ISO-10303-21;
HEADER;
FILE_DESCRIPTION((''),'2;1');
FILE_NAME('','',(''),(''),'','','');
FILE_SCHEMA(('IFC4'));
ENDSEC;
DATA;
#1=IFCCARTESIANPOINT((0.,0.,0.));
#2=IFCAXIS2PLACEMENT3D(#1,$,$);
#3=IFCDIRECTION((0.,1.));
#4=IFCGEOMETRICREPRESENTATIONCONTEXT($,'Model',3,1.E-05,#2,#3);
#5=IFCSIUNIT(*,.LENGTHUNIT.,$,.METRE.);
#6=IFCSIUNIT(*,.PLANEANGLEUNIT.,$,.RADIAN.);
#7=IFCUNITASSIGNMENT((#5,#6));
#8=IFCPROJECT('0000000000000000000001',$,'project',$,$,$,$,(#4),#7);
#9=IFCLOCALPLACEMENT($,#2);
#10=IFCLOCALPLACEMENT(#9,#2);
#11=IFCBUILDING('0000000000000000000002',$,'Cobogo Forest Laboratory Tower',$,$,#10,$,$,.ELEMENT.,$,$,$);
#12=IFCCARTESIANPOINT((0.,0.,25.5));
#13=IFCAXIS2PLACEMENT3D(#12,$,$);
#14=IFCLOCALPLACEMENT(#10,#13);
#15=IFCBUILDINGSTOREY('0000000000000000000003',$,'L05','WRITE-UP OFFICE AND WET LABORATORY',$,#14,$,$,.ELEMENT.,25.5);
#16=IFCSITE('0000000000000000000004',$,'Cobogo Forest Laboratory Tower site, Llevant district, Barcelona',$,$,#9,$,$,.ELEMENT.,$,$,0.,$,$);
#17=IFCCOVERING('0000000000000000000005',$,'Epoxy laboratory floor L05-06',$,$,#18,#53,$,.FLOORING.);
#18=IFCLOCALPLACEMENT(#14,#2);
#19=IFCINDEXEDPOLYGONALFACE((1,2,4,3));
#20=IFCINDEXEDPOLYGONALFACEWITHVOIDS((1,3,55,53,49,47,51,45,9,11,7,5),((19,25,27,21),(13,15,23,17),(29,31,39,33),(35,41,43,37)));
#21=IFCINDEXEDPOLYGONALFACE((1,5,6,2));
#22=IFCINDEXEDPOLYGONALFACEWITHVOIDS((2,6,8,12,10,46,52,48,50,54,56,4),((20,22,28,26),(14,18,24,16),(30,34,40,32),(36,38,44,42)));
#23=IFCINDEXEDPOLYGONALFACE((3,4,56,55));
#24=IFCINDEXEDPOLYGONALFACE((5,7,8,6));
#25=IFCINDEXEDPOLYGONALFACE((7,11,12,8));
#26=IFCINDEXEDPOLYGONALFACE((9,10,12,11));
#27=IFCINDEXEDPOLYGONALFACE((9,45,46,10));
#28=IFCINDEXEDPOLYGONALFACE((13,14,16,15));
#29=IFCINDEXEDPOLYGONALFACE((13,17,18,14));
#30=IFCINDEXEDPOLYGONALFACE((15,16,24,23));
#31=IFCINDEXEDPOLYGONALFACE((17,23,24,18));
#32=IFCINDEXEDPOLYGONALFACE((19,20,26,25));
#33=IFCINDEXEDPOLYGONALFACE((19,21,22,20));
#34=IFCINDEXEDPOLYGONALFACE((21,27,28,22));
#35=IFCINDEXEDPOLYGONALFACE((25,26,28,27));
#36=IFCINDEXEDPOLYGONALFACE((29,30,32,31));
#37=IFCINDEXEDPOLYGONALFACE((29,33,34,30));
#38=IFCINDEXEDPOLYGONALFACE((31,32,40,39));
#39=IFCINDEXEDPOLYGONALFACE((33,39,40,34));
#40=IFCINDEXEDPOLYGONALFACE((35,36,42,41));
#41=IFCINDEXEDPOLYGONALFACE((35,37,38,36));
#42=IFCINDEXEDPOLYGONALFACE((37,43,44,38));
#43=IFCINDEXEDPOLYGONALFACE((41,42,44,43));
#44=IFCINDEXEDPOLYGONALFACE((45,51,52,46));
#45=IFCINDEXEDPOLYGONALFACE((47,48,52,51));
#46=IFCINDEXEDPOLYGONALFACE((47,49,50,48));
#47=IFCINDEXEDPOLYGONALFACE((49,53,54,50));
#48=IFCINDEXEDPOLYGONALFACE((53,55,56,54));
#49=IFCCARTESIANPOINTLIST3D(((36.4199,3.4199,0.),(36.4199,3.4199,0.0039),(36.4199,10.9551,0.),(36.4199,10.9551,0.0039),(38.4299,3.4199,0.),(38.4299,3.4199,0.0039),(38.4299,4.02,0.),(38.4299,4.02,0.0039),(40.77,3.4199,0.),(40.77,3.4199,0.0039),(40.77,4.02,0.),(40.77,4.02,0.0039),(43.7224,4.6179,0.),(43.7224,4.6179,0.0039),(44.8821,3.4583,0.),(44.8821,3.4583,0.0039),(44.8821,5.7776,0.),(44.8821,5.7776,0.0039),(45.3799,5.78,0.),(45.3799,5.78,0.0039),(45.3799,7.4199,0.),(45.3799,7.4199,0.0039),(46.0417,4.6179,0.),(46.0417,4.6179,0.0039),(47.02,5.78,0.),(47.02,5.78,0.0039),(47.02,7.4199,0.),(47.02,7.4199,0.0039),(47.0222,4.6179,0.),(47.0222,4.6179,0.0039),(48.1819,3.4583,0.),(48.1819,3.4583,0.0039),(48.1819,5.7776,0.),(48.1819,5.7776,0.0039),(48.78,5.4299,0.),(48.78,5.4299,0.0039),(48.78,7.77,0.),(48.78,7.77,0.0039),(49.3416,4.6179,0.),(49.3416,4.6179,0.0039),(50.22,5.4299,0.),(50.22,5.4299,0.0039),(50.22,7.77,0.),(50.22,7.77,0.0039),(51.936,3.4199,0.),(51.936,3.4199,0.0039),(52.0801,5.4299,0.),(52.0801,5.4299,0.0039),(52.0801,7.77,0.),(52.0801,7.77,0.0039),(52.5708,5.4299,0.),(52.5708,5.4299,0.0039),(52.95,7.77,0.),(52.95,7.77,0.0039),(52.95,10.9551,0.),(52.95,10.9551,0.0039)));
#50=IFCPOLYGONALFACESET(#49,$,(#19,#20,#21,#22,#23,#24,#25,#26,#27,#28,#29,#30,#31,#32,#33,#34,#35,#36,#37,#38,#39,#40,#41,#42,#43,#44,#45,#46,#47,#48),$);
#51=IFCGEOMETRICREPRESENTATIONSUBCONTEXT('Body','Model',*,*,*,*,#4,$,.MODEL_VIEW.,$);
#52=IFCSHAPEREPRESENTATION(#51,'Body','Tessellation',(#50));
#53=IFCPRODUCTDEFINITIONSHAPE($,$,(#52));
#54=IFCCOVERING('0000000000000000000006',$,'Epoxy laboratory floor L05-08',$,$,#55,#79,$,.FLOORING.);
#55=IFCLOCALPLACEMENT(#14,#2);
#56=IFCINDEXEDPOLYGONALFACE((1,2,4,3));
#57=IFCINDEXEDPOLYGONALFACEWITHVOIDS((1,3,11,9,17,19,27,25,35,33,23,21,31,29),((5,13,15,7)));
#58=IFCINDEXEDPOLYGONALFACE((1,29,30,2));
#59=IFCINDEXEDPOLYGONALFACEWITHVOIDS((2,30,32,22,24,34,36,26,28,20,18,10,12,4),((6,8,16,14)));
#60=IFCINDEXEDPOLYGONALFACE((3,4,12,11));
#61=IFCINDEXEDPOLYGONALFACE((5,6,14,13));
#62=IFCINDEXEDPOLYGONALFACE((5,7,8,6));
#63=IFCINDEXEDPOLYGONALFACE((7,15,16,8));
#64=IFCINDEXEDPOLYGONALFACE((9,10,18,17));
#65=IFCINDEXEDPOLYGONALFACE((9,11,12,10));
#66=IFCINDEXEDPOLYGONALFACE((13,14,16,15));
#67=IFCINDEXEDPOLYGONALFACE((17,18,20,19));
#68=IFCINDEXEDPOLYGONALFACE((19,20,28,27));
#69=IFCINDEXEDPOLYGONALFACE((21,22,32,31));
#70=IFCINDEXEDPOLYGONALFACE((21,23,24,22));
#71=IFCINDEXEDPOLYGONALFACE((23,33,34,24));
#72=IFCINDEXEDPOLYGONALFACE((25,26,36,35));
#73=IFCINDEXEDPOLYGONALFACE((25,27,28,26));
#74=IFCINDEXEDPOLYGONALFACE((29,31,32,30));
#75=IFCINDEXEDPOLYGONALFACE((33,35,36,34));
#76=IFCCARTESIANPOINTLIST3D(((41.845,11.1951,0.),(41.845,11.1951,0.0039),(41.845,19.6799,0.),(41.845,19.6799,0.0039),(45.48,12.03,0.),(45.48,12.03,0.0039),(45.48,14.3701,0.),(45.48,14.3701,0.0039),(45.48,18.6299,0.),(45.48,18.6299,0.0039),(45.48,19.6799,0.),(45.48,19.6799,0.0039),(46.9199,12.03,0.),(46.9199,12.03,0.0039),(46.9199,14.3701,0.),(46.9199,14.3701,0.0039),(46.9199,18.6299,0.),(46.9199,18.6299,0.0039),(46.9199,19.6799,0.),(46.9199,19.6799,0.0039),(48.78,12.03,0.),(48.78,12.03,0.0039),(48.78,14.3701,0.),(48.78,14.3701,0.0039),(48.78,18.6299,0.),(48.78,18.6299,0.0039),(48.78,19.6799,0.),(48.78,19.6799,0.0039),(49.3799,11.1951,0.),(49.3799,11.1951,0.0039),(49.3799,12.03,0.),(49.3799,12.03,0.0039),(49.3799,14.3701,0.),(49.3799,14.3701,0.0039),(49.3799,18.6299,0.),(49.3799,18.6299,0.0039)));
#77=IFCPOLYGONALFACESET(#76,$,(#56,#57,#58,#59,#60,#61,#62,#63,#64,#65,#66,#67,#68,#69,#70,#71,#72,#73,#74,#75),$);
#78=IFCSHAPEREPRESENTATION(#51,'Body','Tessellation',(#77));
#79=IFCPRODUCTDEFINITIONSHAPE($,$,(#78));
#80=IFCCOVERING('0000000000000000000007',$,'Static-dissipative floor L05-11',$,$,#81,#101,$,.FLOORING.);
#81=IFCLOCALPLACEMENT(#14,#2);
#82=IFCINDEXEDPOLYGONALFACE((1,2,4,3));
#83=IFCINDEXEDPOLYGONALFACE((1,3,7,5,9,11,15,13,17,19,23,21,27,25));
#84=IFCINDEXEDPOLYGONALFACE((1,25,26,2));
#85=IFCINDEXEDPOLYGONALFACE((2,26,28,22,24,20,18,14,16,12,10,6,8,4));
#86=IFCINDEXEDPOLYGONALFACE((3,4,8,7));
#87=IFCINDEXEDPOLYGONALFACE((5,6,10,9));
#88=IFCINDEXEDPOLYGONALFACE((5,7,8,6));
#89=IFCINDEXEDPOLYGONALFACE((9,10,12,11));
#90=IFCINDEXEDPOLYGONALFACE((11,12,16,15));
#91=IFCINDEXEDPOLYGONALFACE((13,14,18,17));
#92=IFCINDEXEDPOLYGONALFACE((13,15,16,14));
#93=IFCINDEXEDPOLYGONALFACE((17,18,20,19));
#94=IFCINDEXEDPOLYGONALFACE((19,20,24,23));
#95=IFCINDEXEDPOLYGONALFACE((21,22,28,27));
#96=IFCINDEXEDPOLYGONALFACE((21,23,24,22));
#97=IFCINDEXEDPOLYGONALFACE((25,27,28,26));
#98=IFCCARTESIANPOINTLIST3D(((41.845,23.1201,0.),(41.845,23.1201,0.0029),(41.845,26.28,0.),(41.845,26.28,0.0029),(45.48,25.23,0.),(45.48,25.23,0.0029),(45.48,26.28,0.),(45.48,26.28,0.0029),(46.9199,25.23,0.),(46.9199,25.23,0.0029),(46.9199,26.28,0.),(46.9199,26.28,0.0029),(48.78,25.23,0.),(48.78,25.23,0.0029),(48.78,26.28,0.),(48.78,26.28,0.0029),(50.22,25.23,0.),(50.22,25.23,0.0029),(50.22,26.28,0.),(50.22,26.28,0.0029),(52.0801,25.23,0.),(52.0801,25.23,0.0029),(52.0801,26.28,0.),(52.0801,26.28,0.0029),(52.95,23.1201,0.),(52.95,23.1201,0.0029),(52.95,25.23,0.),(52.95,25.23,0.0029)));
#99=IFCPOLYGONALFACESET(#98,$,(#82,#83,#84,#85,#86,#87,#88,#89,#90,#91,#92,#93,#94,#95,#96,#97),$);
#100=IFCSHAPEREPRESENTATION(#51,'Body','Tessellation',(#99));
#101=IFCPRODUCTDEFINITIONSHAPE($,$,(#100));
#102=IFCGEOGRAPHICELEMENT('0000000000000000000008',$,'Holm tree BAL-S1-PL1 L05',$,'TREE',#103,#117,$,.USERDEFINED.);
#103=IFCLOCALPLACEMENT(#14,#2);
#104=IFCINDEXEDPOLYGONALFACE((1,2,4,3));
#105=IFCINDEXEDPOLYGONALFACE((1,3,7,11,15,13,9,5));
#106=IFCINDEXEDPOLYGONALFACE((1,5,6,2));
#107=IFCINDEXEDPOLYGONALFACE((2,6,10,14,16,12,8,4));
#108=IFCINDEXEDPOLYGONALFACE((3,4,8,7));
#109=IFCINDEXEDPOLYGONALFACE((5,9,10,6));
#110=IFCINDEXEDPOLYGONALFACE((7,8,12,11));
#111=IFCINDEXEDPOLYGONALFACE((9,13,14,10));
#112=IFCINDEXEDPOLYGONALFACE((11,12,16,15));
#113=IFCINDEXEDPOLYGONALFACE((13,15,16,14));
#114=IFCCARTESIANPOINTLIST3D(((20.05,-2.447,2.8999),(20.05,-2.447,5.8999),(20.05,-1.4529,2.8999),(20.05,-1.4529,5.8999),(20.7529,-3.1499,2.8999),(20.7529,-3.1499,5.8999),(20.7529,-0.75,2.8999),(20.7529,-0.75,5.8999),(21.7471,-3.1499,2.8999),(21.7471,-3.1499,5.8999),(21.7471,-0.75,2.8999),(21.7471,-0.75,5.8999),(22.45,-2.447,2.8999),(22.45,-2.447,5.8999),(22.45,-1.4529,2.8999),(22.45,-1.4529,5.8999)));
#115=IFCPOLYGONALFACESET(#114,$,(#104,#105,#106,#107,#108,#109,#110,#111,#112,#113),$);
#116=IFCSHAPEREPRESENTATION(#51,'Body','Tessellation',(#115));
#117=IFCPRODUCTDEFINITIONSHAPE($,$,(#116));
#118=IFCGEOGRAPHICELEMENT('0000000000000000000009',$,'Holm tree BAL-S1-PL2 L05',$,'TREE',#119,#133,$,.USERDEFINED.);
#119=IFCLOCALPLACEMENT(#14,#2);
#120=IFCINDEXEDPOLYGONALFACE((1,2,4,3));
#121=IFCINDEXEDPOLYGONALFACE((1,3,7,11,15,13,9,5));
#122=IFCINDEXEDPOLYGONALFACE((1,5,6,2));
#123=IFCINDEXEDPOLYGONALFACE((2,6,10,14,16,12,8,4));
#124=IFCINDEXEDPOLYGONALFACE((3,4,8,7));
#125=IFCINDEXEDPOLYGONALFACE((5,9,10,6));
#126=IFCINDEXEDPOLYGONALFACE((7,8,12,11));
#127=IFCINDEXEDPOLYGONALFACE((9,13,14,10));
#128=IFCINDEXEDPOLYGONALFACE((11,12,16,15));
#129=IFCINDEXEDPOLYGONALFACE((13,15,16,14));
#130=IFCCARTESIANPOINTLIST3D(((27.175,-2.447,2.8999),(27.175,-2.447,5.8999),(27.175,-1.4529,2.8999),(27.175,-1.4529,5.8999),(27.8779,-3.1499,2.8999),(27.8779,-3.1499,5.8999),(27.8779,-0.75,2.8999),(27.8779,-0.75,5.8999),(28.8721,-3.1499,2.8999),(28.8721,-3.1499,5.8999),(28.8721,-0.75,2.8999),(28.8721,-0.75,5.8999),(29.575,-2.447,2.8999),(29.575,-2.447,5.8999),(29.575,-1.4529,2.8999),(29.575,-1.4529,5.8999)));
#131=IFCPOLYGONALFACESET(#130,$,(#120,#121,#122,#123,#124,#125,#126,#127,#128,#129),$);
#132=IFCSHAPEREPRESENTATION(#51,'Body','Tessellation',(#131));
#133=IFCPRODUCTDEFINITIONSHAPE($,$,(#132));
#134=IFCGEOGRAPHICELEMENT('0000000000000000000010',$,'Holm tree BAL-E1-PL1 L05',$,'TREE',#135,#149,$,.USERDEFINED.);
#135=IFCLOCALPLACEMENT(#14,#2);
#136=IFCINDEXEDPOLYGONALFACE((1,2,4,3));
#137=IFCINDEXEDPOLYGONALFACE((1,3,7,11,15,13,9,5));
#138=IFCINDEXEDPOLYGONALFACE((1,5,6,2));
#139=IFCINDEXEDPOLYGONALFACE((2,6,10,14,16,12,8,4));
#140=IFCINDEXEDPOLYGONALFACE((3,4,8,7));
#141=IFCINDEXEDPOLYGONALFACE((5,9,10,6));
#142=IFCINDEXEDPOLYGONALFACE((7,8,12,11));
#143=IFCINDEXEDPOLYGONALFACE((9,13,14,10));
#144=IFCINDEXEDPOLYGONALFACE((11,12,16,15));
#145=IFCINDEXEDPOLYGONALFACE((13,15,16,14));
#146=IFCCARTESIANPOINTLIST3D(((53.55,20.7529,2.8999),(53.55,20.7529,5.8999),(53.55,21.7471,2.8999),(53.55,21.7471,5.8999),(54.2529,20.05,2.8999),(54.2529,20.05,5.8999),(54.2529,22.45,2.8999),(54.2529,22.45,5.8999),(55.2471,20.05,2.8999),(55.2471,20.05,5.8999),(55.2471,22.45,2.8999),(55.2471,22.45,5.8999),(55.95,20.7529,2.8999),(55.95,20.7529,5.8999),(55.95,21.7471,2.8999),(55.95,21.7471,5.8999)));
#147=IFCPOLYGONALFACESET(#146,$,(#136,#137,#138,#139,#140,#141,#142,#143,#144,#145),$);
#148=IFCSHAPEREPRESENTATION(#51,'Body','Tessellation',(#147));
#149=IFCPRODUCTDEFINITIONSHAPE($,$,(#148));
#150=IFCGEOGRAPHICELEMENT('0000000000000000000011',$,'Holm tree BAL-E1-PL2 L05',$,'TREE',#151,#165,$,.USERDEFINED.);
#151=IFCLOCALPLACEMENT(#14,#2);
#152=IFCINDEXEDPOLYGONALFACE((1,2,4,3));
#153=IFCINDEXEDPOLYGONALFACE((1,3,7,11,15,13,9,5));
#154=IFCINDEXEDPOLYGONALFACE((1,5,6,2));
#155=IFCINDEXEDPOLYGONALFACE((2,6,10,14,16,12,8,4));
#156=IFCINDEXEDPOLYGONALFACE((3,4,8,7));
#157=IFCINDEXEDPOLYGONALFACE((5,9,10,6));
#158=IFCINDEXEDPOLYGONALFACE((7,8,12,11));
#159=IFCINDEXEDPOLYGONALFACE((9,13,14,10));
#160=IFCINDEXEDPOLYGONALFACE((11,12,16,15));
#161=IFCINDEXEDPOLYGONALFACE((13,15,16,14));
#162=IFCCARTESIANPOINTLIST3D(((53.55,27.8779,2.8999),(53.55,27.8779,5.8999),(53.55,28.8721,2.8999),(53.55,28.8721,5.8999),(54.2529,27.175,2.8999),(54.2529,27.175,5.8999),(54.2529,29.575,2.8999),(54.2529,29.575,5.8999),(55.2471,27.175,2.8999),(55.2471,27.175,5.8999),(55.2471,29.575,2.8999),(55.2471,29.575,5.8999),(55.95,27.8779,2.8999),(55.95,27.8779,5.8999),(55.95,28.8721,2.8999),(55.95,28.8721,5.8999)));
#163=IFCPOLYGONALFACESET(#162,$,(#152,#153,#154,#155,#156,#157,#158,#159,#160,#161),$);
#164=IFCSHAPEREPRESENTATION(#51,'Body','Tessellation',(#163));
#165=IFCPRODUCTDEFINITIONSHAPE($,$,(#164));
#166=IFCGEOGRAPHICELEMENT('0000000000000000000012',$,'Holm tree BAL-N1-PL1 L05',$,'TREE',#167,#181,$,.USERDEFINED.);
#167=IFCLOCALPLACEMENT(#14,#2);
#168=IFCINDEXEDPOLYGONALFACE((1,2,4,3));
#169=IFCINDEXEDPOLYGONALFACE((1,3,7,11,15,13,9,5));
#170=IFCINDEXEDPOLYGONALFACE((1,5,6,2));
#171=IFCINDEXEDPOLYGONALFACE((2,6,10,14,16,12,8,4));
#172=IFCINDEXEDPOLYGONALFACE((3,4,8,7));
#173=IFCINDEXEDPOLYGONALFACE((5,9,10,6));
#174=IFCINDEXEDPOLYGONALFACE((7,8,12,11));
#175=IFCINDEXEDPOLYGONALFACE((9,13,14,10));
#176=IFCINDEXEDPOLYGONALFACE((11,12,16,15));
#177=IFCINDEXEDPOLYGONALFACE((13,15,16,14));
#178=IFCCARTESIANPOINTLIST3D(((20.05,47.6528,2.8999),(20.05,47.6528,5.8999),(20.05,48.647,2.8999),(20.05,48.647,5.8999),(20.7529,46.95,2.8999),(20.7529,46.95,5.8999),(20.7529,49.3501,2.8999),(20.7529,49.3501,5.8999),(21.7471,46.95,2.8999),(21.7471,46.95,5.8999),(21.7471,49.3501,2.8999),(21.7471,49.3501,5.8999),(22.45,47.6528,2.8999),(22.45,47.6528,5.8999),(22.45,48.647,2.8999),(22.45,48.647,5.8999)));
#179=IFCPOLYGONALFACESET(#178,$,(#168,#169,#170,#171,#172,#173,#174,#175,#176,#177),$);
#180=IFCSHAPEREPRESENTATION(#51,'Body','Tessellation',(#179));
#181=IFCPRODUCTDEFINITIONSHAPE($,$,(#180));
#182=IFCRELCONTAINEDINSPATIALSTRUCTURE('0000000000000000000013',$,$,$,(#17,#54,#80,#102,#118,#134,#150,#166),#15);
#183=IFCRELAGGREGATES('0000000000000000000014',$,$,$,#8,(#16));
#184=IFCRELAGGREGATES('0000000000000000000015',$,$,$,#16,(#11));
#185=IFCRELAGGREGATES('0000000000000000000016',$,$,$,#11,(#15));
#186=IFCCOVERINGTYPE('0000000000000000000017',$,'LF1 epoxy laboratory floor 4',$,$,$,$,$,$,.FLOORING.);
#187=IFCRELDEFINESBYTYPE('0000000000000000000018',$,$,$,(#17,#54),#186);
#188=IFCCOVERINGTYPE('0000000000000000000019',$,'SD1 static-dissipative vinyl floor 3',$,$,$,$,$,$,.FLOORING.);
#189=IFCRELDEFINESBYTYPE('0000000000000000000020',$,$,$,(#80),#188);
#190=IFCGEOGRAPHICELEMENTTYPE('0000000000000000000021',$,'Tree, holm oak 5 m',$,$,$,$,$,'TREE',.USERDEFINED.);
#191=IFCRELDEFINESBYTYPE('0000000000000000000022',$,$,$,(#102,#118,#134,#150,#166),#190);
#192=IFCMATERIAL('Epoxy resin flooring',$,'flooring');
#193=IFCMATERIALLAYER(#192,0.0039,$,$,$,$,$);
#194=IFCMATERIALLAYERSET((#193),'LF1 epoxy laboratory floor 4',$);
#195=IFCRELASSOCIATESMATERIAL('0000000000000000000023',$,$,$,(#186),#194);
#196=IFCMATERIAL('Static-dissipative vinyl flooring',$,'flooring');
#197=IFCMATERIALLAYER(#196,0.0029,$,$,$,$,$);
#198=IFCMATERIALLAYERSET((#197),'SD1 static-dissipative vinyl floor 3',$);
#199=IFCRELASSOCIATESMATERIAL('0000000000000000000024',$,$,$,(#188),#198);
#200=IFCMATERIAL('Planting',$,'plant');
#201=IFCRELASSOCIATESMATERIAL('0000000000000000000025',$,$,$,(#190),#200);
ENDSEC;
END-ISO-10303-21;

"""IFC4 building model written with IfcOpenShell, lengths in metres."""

from ifc_helpers import new_model, si_unit, direction, frame, origin, place, context, subcontext, project, spatial, polyline, outline, extrude, material, layer, layer_set, type_object, element, save


model = new_model("IFC4")

# Units and contexts
model_context = context("Model", 3, precision=1e-05, world=origin(), true_north=direction((0.0, 1.0)))
body_context = subcontext(model_context, "Body", "Model", "MODEL_VIEW")
ifc_project = project(units=[si_unit("LENGTHUNIT", "METRE"), si_unit("PLANEANGLEUNIT", "RADIAN")], contexts=[model_context])

# Site, building, storey
site_placement = place(None, origin())
site = spatial("IfcSite", under=ifc_project, at=site_placement, Name="Cobogo Forest Laboratory Tower site, Llevant district, Barcelona", CompositionType="ELEMENT", RefElevation=0.0)
building_placement = place(site_placement, origin())
building = spatial("IfcBuilding", under=site, at=building_placement, Name="Cobogo Forest Laboratory Tower", CompositionType="ELEMENT")
storey_placement = place(building_placement, frame((0.0, 0.0, 25.5)))
storey = spatial("IfcBuildingStorey", under=building, at=storey_placement, Name="L05", Description="WRITE-UP OFFICE AND WET LABORATORY", CompositionType="ELEMENT", Elevation=25.5)

# Coverings
ifc_material_1 = material(Name="Epoxy resin flooring", Category="flooring")
ifc_layer_1 = layer(ifc_material_1, 0.0039)
ifc_layer_set_1 = layer_set([ifc_layer_1], Name="LF1 epoxy laboratory floor 4")
covering_type_1 = type_object("IfcCoveringType", Name="LF1 epoxy laboratory floor 4", PredefinedType="FLOORING", material=ifc_layer_set_1)
covering_1_placement = place(storey_placement, origin())
element("IfcCovering", 1, at=covering_1_placement, inside=storey, type_object=covering_type_1, Name="Epoxy laboratory floor L05-06", PredefinedType="FLOORING", context=body_context, shape_type="SweptSolid", body=[
    extrude(outline(polyline([(36.4199, 10.9551), (52.95, 10.9551), (52.95, 7.77), (52.0801, 7.77), (52.0801, 5.4299), (52.5708, 5.4299), (51.936, 3.4199), (40.77, 3.4199), (40.77, 4.02), (38.4299, 4.02), (38.4299, 3.4199), (36.4199, 3.4199), (36.4199, 10.9551)]), holes=[polyline([(48.78, 5.4299), (50.22, 5.4299), (50.22, 7.77), (48.78, 7.77), (48.78, 5.4299)]), polyline([(48.1819, 5.7776), (47.0222, 4.6179), (48.1819, 3.4583), (49.3416, 4.6179), (48.1819, 5.7776)]), polyline([(45.3799, 7.4199), (45.3799, 5.78), (47.02, 5.78), (47.02, 7.4199), (45.3799, 7.4199)]), polyline([(44.8821, 5.7776), (43.7224, 4.6179), (44.8821, 3.4583), (46.0417, 4.6179), (44.8821, 5.7776)])]), origin(), (0.0, 0.0, 1.0), 0.0039),
])
covering_2_placement = place(storey_placement, origin())
element("IfcCovering", 2, at=covering_2_placement, inside=storey, type_object=covering_type_1, Name="Epoxy laboratory floor L05-08", PredefinedType="FLOORING", context=body_context, shape_type="SweptSolid", body=[
    extrude(outline(polyline([(41.845, 19.6799), (45.48, 19.6799), (45.48, 18.6299), (46.9199, 18.6299), (46.9199, 19.6799), (48.78, 19.6799), (48.78, 18.6299), (49.3799, 18.6299), (49.3799, 14.3701), (48.78, 14.3701), (48.78, 12.03), (49.3799, 12.03), (49.3799, 11.1951), (41.845, 11.1951), (41.845, 19.6799)]), holes=[polyline([(45.48, 12.03), (46.9199, 12.03), (46.9199, 14.3701), (45.48, 14.3701), (45.48, 12.03)])]), origin(), (0.0, 0.0, 1.0), 0.0039),
])
ifc_material_2 = material(Name="Static-dissipative vinyl flooring", Category="flooring")
ifc_layer_2 = layer(ifc_material_2, 0.0029)
ifc_layer_set_2 = layer_set([ifc_layer_2], Name="SD1 static-dissipative vinyl floor 3")
covering_type_2 = type_object("IfcCoveringType", Name="SD1 static-dissipative vinyl floor 3", PredefinedType="FLOORING", material=ifc_layer_set_2)
covering_3_placement = place(storey_placement, origin())
element("IfcCovering", 3, at=covering_3_placement, inside=storey, type_object=covering_type_2, Name="Static-dissipative floor L05-11", PredefinedType="FLOORING", context=body_context, shape_type="SweptSolid", body=[
    extrude(outline(polyline([(41.845, 26.28), (45.48, 26.28), (45.48, 25.23), (46.9199, 25.23), (46.9199, 26.28), (48.78, 26.28), (48.78, 25.23), (50.22, 25.23), (50.22, 26.28), (52.0801, 26.28), (52.0801, 25.23), (52.95, 25.23), (52.95, 23.1201), (41.845, 23.1201), (41.845, 26.28)])), origin(), (0.0, 0.0, 1.0), 0.0029),
])

# Geographic elements
ifc_material_3 = material(Name="Planting", Category="plant")
geographic_element_type = type_object("IfcGeographicElementType", Name="Tree, holm oak 5 m", ElementType="TREE", PredefinedType="USERDEFINED", material=ifc_material_3)
geographic_element_1_placement = place(storey_placement, frame((0.0, 0.0, 2.8999)))
element("IfcGeographicElement", 4, at=geographic_element_1_placement, inside=storey, type_object=geographic_element_type, Name="Holm tree BAL-S1-PL1 L05", ObjectType="TREE", PredefinedType="USERDEFINED", context=body_context, shape_type="SweptSolid", body=[
    extrude(outline(polyline([(22.45, -2.447), (22.45, -1.4529), (21.7471, -0.75), (20.7529, -0.75), (20.05, -1.4529), (20.05, -2.447), (20.7529, -3.1499), (21.7471, -3.1499), (22.45, -2.447)])), origin(), (0.0, 0.0, 1.0), 3.0),
])
geographic_element_2_placement = place(storey_placement, frame((0.0, 0.0, 2.8999)))
element("IfcGeographicElement", 5, at=geographic_element_2_placement, inside=storey, type_object=geographic_element_type, Name="Holm tree BAL-S1-PL2 L05", ObjectType="TREE", PredefinedType="USERDEFINED", context=body_context, shape_type="SweptSolid", body=[
    extrude(outline(polyline([(29.575, -2.447), (29.575, -1.4529), (28.8721, -0.75), (27.8779, -0.75), (27.175, -1.4529), (27.175, -2.447), (27.8779, -3.1499), (28.8721, -3.1499), (29.575, -2.447)])), origin(), (0.0, 0.0, 1.0), 3.0),
])
geographic_element_3_placement = place(storey_placement, frame((0.0, 0.0, 2.8999)))
element("IfcGeographicElement", 6, at=geographic_element_3_placement, inside=storey, type_object=geographic_element_type, Name="Holm tree BAL-E1-PL1 L05", ObjectType="TREE", PredefinedType="USERDEFINED", context=body_context, shape_type="SweptSolid", body=[
    extrude(outline(polyline([(55.95, 20.7529), (55.95, 21.7471), (55.2471, 22.45), (54.2529, 22.45), (53.55, 21.7471), (53.55, 20.7529), (54.2529, 20.05), (55.2471, 20.05), (55.95, 20.7529)])), origin(), (0.0, 0.0, 1.0), 3.0),
])
geographic_element_4_placement = place(storey_placement, frame((0.0, 0.0, 2.8999)))
element("IfcGeographicElement", 7, at=geographic_element_4_placement, inside=storey, type_object=geographic_element_type, Name="Holm tree BAL-E1-PL2 L05", ObjectType="TREE", PredefinedType="USERDEFINED", context=body_context, shape_type="SweptSolid", body=[
    extrude(outline(polyline([(55.95, 27.8779), (55.95, 28.8721), (55.2471, 29.575), (54.2529, 29.575), (53.55, 28.8721), (53.55, 27.8779), (54.2529, 27.175), (55.2471, 27.175), (55.95, 27.8779)])), origin(), (0.0, 0.0, 1.0), 3.0),
])
geographic_element_5_placement = place(storey_placement, frame((0.0, 0.0, 2.8999)))
element("IfcGeographicElement", 8, at=geographic_element_5_placement, inside=storey, type_object=geographic_element_type, Name="Holm tree BAL-N1-PL1 L05", ObjectType="TREE", PredefinedType="USERDEFINED", context=body_context, shape_type="SweptSolid", body=[
    extrude(outline(polyline([(22.45, 47.6528), (22.45, 48.647), (21.7471, 49.3501), (20.7529, 49.3501), (20.05, 48.647), (20.05, 47.6528), (20.7529, 46.95), (21.7471, 46.95), (22.45, 47.6528)])), origin(), (0.0, 0.0, 1.0), 3.0),
])

save(model, "model.ifc")
